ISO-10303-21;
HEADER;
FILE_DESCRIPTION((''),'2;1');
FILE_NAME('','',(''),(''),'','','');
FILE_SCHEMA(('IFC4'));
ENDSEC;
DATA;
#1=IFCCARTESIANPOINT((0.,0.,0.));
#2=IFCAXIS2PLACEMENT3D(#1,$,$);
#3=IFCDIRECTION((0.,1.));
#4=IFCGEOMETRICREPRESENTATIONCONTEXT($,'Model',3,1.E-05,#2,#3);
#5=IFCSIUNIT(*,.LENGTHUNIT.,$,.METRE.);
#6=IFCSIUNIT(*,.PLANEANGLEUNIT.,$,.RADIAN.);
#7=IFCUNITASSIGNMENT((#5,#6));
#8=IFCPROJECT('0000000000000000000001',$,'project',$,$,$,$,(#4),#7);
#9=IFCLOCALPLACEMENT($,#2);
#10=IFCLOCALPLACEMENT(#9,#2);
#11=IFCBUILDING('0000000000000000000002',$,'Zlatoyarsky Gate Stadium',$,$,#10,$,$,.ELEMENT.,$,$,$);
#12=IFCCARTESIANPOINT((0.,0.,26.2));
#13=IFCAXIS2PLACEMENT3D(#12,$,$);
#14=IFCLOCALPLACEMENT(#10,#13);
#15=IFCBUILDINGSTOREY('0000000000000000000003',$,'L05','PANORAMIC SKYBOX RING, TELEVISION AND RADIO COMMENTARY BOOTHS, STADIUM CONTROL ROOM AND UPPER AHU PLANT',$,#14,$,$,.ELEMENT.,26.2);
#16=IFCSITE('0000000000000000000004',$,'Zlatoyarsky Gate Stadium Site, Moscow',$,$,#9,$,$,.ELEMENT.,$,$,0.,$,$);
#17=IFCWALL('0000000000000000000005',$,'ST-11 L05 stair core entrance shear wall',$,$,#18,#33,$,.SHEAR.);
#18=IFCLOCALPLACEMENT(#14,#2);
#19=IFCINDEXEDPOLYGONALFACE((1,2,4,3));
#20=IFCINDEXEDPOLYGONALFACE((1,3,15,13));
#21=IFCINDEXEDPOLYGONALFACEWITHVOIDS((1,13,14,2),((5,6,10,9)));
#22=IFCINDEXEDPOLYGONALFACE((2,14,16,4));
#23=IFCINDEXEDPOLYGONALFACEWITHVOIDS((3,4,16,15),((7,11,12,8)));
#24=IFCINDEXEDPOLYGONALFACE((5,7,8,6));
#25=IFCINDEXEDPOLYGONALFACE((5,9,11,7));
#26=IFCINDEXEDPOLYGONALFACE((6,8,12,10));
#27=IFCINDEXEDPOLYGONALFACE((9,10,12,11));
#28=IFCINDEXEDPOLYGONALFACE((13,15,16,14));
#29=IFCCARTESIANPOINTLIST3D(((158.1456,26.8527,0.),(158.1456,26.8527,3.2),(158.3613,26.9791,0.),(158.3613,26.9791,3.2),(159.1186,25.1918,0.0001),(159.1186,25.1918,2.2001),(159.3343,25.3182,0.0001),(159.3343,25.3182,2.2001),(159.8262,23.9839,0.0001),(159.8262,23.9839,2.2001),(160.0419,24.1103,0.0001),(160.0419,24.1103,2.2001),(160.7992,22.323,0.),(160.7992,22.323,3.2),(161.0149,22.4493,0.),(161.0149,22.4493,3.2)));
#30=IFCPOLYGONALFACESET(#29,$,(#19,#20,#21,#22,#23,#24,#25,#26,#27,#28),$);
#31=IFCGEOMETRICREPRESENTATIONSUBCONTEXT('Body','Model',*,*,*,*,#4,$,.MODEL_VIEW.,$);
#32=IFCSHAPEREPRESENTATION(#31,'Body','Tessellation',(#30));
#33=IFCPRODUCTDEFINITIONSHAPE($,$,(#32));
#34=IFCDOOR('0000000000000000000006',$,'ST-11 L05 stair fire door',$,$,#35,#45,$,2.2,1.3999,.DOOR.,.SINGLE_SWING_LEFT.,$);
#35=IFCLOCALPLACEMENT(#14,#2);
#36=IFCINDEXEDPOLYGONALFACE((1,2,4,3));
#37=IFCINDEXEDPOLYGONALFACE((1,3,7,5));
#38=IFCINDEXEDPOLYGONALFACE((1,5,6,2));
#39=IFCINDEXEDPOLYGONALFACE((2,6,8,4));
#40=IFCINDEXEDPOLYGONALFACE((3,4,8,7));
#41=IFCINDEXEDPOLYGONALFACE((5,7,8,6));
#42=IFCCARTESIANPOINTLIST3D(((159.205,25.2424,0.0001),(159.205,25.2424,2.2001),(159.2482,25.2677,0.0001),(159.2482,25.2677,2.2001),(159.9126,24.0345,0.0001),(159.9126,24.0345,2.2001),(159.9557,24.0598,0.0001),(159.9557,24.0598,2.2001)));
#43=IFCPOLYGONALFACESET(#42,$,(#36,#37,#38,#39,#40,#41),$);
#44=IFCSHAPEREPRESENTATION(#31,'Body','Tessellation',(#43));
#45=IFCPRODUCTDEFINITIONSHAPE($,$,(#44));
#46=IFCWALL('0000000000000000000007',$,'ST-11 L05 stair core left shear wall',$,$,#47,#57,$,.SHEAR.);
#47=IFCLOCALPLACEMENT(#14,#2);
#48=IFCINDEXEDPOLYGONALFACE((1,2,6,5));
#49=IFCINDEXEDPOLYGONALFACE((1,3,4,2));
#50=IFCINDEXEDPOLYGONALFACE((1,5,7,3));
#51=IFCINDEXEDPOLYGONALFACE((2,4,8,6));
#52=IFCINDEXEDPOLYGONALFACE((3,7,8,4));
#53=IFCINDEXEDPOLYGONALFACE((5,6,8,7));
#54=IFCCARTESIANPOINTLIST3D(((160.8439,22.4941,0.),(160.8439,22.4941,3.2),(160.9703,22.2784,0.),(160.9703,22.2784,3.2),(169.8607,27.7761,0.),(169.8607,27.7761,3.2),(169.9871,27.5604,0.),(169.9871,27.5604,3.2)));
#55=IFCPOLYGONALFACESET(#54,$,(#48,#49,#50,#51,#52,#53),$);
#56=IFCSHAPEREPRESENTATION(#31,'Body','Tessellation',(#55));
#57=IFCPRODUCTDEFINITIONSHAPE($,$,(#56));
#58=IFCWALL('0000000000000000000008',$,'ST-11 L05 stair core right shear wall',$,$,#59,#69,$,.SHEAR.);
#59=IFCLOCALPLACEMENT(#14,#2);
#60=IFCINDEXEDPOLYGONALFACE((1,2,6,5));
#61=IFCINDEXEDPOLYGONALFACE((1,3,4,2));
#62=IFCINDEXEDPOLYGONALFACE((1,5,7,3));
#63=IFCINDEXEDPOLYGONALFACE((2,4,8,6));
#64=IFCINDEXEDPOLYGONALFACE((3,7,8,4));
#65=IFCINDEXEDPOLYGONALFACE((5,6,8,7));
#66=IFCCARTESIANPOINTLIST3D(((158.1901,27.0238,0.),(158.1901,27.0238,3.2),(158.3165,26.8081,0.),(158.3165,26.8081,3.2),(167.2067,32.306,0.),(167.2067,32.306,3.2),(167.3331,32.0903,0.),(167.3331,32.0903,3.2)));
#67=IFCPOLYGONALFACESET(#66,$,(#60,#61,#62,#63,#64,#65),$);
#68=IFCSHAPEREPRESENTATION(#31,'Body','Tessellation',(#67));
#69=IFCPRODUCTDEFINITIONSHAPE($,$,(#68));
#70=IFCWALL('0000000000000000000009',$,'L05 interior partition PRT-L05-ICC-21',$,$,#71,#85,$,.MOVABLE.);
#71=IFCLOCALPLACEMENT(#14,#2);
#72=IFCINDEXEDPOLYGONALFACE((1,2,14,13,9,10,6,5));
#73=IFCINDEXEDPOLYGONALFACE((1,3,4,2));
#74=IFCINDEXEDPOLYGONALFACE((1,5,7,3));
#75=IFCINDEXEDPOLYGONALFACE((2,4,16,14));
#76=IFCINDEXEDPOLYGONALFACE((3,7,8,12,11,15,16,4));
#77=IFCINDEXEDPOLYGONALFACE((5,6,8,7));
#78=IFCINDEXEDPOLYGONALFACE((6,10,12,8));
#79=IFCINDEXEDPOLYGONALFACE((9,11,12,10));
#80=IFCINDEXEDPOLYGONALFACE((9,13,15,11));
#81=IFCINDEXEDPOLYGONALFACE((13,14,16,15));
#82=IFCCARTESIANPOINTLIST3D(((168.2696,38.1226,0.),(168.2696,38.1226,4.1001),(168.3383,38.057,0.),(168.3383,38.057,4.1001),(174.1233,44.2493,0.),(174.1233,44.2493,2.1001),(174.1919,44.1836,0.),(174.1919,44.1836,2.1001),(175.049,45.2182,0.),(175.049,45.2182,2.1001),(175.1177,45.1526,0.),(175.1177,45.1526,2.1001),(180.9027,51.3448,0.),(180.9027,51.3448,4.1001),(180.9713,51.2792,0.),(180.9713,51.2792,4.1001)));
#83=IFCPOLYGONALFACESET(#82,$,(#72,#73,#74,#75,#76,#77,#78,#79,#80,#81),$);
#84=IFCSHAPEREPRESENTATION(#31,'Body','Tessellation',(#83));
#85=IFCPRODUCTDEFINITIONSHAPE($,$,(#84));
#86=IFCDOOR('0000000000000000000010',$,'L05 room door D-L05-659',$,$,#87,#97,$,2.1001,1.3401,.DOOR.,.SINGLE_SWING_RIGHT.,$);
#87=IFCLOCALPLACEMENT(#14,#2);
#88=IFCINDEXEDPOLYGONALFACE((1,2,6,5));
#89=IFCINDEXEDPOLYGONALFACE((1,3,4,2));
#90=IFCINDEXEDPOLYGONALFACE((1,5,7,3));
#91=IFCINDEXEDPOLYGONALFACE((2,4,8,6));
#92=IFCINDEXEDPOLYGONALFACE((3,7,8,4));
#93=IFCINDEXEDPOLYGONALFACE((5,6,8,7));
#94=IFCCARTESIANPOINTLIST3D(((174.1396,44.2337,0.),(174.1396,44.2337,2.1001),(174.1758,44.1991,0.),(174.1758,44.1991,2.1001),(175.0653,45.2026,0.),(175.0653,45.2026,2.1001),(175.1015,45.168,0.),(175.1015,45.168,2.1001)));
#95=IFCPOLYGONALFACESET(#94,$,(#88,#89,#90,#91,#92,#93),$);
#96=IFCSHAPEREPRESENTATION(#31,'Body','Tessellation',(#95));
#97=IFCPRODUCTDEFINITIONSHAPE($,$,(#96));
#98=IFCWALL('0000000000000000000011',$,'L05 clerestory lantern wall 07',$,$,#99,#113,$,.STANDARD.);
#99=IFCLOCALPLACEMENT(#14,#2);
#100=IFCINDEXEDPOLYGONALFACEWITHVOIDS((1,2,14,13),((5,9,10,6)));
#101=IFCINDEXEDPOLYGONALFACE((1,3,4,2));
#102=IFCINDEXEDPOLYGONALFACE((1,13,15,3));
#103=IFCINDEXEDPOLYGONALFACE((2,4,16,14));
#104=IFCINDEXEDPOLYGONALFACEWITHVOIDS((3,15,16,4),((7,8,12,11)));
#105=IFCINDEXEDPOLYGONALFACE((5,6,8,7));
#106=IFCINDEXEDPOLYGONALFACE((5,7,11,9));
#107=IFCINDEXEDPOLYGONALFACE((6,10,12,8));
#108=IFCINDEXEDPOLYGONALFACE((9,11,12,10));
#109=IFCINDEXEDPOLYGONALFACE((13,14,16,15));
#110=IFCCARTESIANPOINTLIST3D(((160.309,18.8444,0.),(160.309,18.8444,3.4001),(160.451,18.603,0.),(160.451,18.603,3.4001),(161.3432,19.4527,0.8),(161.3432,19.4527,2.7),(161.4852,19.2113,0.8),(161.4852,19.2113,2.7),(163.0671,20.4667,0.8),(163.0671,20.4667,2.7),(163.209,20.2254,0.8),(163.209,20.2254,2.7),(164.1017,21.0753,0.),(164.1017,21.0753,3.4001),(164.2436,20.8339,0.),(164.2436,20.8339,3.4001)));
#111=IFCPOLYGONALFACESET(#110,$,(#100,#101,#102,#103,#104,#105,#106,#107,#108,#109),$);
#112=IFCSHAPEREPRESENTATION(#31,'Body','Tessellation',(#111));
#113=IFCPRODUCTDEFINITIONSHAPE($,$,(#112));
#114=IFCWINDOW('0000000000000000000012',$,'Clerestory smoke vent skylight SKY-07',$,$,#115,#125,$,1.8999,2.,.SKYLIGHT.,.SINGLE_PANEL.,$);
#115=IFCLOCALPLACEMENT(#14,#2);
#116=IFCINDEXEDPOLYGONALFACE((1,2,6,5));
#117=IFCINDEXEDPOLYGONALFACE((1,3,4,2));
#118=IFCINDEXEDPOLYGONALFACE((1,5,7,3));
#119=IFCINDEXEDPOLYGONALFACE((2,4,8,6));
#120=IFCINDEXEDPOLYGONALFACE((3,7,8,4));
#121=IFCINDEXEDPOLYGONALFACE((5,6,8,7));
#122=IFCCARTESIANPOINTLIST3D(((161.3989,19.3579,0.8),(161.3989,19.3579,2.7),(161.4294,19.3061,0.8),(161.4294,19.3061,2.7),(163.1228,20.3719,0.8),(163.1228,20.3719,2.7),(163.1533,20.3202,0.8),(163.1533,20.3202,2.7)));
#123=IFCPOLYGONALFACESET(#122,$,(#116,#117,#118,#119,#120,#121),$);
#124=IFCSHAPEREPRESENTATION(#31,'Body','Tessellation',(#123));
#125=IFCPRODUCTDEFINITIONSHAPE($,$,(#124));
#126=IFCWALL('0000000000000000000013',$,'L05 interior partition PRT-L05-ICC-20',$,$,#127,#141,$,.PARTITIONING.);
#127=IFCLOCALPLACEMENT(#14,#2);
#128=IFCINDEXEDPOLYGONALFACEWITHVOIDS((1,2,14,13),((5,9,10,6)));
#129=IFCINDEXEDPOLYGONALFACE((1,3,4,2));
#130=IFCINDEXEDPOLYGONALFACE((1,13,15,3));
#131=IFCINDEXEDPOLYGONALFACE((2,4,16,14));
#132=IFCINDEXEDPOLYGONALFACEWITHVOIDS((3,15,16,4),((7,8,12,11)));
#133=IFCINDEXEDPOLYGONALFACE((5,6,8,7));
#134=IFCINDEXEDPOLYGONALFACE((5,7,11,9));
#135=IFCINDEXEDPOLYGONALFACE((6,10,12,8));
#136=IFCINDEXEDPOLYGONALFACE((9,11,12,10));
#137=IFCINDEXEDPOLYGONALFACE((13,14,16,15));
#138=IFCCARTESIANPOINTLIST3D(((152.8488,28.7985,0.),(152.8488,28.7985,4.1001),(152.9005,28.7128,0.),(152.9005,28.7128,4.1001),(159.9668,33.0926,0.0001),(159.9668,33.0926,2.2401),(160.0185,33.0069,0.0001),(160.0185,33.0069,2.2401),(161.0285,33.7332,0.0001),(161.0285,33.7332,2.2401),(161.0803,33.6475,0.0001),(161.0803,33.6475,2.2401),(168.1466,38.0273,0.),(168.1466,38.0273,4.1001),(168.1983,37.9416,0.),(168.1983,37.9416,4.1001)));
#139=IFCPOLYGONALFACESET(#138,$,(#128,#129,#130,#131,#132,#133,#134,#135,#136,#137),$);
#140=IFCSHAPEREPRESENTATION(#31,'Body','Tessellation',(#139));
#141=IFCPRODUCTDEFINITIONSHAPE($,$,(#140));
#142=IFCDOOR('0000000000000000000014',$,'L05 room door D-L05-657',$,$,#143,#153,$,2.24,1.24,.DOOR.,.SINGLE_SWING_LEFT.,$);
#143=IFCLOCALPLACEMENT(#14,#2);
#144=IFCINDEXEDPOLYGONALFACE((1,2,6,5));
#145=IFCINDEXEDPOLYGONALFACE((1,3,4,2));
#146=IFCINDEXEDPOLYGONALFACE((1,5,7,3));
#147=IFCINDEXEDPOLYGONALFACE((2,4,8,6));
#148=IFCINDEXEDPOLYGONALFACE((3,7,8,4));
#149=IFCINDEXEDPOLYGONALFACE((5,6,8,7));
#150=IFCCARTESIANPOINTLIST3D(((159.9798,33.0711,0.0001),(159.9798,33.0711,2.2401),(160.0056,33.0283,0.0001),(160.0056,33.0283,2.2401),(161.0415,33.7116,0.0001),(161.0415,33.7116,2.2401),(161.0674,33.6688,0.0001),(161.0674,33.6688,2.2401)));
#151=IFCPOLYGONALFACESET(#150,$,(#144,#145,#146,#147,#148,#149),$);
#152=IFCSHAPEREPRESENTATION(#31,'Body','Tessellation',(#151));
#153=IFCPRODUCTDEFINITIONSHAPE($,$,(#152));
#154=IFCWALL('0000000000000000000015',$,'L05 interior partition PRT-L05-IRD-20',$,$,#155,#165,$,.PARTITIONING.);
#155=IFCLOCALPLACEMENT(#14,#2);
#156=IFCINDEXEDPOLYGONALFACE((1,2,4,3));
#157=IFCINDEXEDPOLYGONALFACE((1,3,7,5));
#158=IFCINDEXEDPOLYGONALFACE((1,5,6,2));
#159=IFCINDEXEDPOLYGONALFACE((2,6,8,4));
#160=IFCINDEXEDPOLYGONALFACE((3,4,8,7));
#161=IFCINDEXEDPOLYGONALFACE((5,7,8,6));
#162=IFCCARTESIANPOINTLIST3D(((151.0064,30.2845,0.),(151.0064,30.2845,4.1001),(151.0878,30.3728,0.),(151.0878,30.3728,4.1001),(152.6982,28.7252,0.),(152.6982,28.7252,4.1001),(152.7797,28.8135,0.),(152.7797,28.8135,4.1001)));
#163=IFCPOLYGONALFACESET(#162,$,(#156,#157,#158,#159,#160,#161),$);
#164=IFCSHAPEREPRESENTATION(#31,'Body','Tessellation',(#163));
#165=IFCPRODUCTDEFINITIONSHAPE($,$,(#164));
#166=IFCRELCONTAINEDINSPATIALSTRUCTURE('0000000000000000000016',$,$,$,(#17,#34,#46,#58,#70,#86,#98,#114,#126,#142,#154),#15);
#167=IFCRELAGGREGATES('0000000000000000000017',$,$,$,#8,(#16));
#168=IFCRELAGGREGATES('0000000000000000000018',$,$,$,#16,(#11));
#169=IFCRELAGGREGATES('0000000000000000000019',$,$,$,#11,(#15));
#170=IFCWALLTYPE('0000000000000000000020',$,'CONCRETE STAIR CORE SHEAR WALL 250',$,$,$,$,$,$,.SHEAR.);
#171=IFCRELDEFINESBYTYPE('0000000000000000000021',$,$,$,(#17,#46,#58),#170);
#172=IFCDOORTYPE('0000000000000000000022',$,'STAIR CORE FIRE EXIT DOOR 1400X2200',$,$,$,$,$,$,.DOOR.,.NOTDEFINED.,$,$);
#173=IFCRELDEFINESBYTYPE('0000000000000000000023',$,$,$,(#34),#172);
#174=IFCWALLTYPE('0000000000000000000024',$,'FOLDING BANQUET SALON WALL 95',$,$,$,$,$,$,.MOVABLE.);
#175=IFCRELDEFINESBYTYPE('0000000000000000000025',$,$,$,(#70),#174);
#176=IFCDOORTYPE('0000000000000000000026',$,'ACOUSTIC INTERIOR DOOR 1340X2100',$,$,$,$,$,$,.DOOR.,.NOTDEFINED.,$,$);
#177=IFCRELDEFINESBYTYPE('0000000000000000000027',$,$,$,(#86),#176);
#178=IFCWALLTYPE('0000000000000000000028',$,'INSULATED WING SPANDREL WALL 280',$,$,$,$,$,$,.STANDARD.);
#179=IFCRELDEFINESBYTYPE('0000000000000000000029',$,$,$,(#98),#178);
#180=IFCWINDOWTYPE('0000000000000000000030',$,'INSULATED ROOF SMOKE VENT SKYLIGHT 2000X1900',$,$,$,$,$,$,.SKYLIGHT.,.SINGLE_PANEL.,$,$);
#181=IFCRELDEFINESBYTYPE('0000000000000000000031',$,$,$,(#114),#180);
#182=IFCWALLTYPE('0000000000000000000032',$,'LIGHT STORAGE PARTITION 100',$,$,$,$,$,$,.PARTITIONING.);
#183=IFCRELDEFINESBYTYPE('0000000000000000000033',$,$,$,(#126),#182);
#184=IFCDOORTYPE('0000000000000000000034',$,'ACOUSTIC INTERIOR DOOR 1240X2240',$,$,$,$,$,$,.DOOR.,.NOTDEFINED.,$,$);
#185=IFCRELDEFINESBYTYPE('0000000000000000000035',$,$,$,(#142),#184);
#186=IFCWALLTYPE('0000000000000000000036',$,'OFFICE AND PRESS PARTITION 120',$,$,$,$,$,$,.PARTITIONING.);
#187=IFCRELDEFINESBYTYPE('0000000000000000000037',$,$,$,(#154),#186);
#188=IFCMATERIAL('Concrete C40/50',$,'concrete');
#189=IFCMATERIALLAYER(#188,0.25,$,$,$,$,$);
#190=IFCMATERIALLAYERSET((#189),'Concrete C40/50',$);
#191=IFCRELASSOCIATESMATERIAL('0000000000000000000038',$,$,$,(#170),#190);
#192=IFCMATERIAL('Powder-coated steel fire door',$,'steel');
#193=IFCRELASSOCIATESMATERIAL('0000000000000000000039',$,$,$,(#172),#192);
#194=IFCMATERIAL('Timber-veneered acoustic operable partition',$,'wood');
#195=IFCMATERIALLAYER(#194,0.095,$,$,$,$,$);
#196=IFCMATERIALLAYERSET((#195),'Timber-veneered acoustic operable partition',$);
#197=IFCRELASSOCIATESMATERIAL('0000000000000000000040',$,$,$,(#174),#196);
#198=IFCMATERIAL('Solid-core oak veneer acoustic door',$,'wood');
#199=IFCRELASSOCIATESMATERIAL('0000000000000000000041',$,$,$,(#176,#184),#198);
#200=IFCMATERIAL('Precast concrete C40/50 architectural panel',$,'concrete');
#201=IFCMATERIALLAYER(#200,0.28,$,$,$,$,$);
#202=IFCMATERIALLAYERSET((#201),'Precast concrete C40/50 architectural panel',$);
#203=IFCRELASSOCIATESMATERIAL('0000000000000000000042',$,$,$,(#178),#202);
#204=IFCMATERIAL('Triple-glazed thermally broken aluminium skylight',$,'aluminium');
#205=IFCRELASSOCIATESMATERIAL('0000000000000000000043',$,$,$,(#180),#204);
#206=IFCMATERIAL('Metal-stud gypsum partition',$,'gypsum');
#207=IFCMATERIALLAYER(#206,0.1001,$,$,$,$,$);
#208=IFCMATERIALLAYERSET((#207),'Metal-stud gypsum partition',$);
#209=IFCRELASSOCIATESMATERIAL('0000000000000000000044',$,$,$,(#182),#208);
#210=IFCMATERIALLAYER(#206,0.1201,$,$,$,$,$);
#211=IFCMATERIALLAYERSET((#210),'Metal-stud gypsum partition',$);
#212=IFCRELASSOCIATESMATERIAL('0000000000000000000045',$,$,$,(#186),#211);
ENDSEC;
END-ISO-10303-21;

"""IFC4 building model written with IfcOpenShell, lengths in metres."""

from ifc_helpers import new_model, si_unit, direction, frame, frame_2d, origin, place, context, subcontext, project, spatial, rectangle, extrude, material, layer, layer_set, type_object, element, fill, save


model = new_model("IFC4")

# Units and contexts
model_context = context("Model", 3, precision=1e-05, world=origin(), true_north=direction((0.0, 1.0)))
body_context = subcontext(model_context, "Body", "Model", "MODEL_VIEW")
ifc_project = project(units=[si_unit("LENGTHUNIT", "METRE"), si_unit("PLANEANGLEUNIT", "RADIAN")], contexts=[model_context])

# Site, building, storey
site_placement = place(None, origin())
site = spatial("IfcSite", under=ifc_project, at=site_placement, Name="Zlatoyarsky Gate Stadium Site, Moscow", CompositionType="ELEMENT", RefElevation=0.0)
building_placement = place(site_placement, origin())
building = spatial("IfcBuilding", under=site, at=building_placement, Name="Zlatoyarsky Gate Stadium", CompositionType="ELEMENT")
storey_placement = place(building_placement, frame((0.0, 0.0, 26.2)))
storey = spatial("IfcBuildingStorey", under=building, at=storey_placement, Name="L05", Description="PANORAMIC SKYBOX RING, TELEVISION AND RADIO COMMENTARY BOOTHS, STADIUM CONTROL ROOM AND UPPER AHU PLANT", CompositionType="ELEMENT", Elevation=26.2)

# Wall, opening, door
ifc_material_1 = material(Name="Concrete C40/50", Category="concrete")
ifc_layer_1 = layer(ifc_material_1, 0.25)
ifc_layer_set_1 = layer_set([ifc_layer_1], Name="Concrete C40/50")
wall_type_1 = type_object("IfcWallType", Name="CONCRETE STAIR CORE SHEAR WALL 250", PredefinedType="SHEAR", material=ifc_layer_set_1)
wall_1_placement = place(storey_placement, frame((158.2534, 26.916, 0.0), z_axis=(0.0, 0.0, 1.0), x_axis=(0.50546, -0.86285, 0.0)))
wall_1 = element("IfcWall", 1, at=wall_1_placement, inside=storey, type_object=wall_type_1, Name="ST-11 L05 stair core entrance shear wall", PredefinedType="SHEAR", context=body_context, shape_type="SweptSolid", body=[
    extrude(rectangle(XDim=5.2498, YDim=0.25, at=frame_2d((2.625, 0.0))), origin(), (0.0, 0.0, 1.0), 3.2),
])
opening_1_placement = place(wall_1_placement, frame((1.925, 0.0, 0.0)))
opening_1 = element("IfcOpeningElement", 2, at=opening_1_placement, cuts=wall_1, PredefinedType="OPENING", context=body_context, shape_type="SweptSolid", body=[
    extrude(rectangle(XDim=1.3999, YDim=2.2, at=frame_2d((0.7, 1.1001))), frame((0.0, 0.135, 0.0), z_axis=(0.0, -1.0, 0.0), x_axis=(1.0, 0.0, 0.0)), (0.0, 0.0, 1.0), 0.27),
])
ifc_material_2 = material(Name="Powder-coated steel fire door", Category="steel")
door_type_1 = type_object("IfcDoorType", Name="STAIR CORE FIRE EXIT DOOR 1400X2200", OperationType="NOTDEFINED", PredefinedType="DOOR", material=ifc_material_2)
door_1_placement = place(opening_1_placement, frame((1.3999, 0.0, 0.0), z_axis=(0.0, 0.0, 1.0), x_axis=(-1.0, 0.0, 0.0)))
door_1 = element("IfcDoor", 3, at=door_1_placement, inside=storey, type_object=door_type_1, Name="ST-11 L05 stair fire door", OperationType="SINGLE_SWING_LEFT", OverallHeight=2.2, OverallWidth=1.3999, PredefinedType="DOOR", context=body_context, shape_type="SweptSolid", body=[
    extrude(rectangle(XDim=1.3999, YDim=2.2, at=frame_2d((0.7, 1.1001))), frame((0.0, 0.0249, 0.0), z_axis=(0.0, -1.0, 0.0), x_axis=(1.0, 0.0, 0.0)), (0.0, 0.0, 1.0), 0.05),
])
fill(opening_1, door_1)

# Walls
for number, where, z_axis, x_axis, name in (
    (4, (160.907, 22.3862, 0.0), (0.0, 0.0, 1.0), (0.862855, 0.505452, 0.0), "ST-11 L05 stair core left shear wall"),
    (5, (167.27, 32.1982, 0.0), (0.0, 0.0, 1.0), (-0.862839, -0.50548, 0.0), "ST-11 L05 stair core right shear wall"),
):
    element("IfcWall", number, at=place(storey_placement, frame(where, z_axis=z_axis, x_axis=x_axis)), inside=storey, type_object=wall_type_1, Name=name, PredefinedType="SHEAR", context=body_context, shape_type="SweptSolid", body=[
        extrude(rectangle(XDim=10.45, YDim=0.25, at=frame_2d((5.2251, 0.0))), origin(), (0.0, 0.0, 1.0), 3.2),
    ])

# Wall, opening, door
ifc_material_3 = material(Name="Timber-veneered acoustic operable partition", Category="wood")
ifc_layer_2 = layer(ifc_material_3, 0.095)
ifc_layer_set_2 = layer_set([ifc_layer_2], Name="Timber-veneered acoustic operable partition")
wall_type_2 = type_object("IfcWallType", Name="FOLDING BANQUET SALON WALL 95", PredefinedType="MOVABLE", material=ifc_layer_set_2)
wall_2_placement = place(storey_placement, frame((168.304, 38.0898, 0.0), z_axis=(0.0, 0.0, 1.0), x_axis=(0.690816, 0.723031, 0.0)))
wall_2 = element("IfcWall", 6, at=wall_2_placement, inside=storey, type_object=wall_type_2, Name="L05 interior partition PRT-L05-ICC-21", PredefinedType="MOVABLE", context=body_context, shape_type="SweptSolid", body=[
    extrude(rectangle(XDim=18.2871, YDim=0.095, at=frame_2d((9.1436, 0.0))), origin(), (0.0, 0.0, 1.0), 4.1001),
])
opening_2_placement = place(wall_2_placement, frame((8.4736, 0.0, 0.0)))
opening_2 = element("IfcOpeningElement", 7, at=opening_2_placement, cuts=wall_2, PredefinedType="OPENING", context=body_context, shape_type="SweptSolid", body=[
    extrude(rectangle(XDim=1.3401, YDim=2.1001, at=frame_2d((0.6699, 1.05))), frame((0.0, 0.0574, 0.0), z_axis=(0.0, -1.0, 0.0), x_axis=(1.0, 0.0, 0.0)), (0.0, 0.0, 1.0), 0.115),
])
ifc_material_4 = material(Name="Solid-core oak veneer acoustic door", Category="wood")
door_type_2 = type_object("IfcDoorType", Name="ACOUSTIC INTERIOR DOOR 1340X2100", OperationType="NOTDEFINED", PredefinedType="DOOR", material=ifc_material_4)
door_2_placement = place(opening_2_placement, origin())
door_2 = element("IfcDoor", 8, at=door_2_placement, inside=storey, type_object=door_type_2, Name="L05 room door D-L05-659", OperationType="SINGLE_SWING_RIGHT", OverallHeight=2.1001, OverallWidth=1.3401, PredefinedType="DOOR", context=body_context, shape_type="SweptSolid", body=[
    extrude(rectangle(XDim=1.3401, YDim=2.1001, at=frame_2d((0.6699, 1.05))), frame((0.0, 0.0249, 0.0), z_axis=(0.0, -1.0, 0.0), x_axis=(1.0, 0.0, 0.0)), (0.0, 0.0, 1.0), 0.05),
])
fill(opening_2, door_2)

# Wall, opening, window
ifc_material_5 = material(Name="Precast concrete C40/50 architectural panel", Category="concrete")
ifc_layer_3 = layer(ifc_material_5, 0.28)
ifc_layer_set_3 = layer_set([ifc_layer_3], Name="Precast concrete C40/50 architectural panel")
wall_type_3 = type_object("IfcWallType", Name="INSULATED WING SPANDREL WALL 280", PredefinedType="STANDARD", material=ifc_layer_set_3)
wall_3_placement = place(storey_placement, frame((160.3799, 18.7236, 0.0), z_axis=(0.0, 0.0, 1.0), x_axis=(0.86194, 0.50701, 0.0)))
wall_3 = element("IfcWall", 9, at=wall_3_placement, inside=storey, type_object=wall_type_3, Name="L05 clerestory lantern wall 07", PredefinedType="STANDARD", context=body_context, shape_type="SweptSolid", body=[
    extrude(rectangle(XDim=4.4001, YDim=0.28, at=frame_2d((2.2002, 0.0))), origin(), (0.0, 0.0, 1.0), 3.4001),
])
opening_3_placement = place(wall_3_placement, frame((1.2, 0.0, 0.8)))
opening_3 = element("IfcOpeningElement", 10, at=opening_3_placement, cuts=wall_3, PredefinedType="OPENING", context=body_context, shape_type="SweptSolid", body=[
    extrude(rectangle(XDim=2.0, YDim=1.8999, at=frame_2d((1.0, 0.95))), frame((0.0, 0.1499, 0.0), z_axis=(0.0, -1.0, 0.0), x_axis=(1.0, 0.0, 0.0)), (0.0, 0.0, 1.0), 0.3),
])
ifc_material_6 = material(Name="Triple-glazed thermally broken aluminium skylight", Category="aluminium")
window_type = type_object("IfcWindowType", Name="INSULATED ROOF SMOKE VENT SKYLIGHT 2000X1900", PartitioningType="SINGLE_PANEL", PredefinedType="SKYLIGHT", material=ifc_material_6)
window_placement = place(opening_3_placement, origin())
window = element("IfcWindow", 11, at=window_placement, inside=storey, type_object=window_type, Name="Clerestory smoke vent skylight SKY-07", OverallHeight=1.8999, OverallWidth=2.0, PartitioningType="SINGLE_PANEL", PredefinedType="SKYLIGHT", context=body_context, shape_type="SweptSolid", body=[
    extrude(rectangle(XDim=2.0, YDim=1.8999, at=frame_2d((1.0, 0.95))), frame((0.0, 0.03, 0.0), z_axis=(0.0, -1.0, 0.0), x_axis=(1.0, 0.0, 0.0)), (0.0, 0.0, 1.0), 0.0601),
])
fill(opening_3, window)

# Wall, opening, door
ifc_material_7 = material(Name="Metal-stud gypsum partition", Category="gypsum")
ifc_layer_4 = layer(ifc_material_7, 0.1001)
ifc_layer_set_4 = layer_set([ifc_layer_4], Name="Metal-stud gypsum partition")
wall_type_4 = type_object("IfcWallType", Name="LIGHT STORAGE PARTITION 100", PredefinedType="PARTITIONING", material=ifc_layer_set_4)
wall_4_placement = place(storey_placement, frame((152.8745, 28.7556, 0.0), z_axis=(0.0, 0.0, 1.0), x_axis=(0.856255, 0.516554, 0.0)))
wall_4 = element("IfcWall", 12, at=wall_4_placement, inside=storey, type_object=wall_type_4, Name="L05 interior partition PRT-L05-ICC-20", PredefinedType="PARTITIONING", context=body_context, shape_type="SweptSolid", body=[
    extrude(rectangle(XDim=17.866, YDim=0.1001, at=frame_2d((8.9331, 0.0))), origin(), (0.0, 0.0, 1.0), 4.1001),
])
opening_4_placement = place(wall_4_placement, frame((8.313, 0.0, 0.0)))
opening_4 = element("IfcOpeningElement", 13, at=opening_4_placement, cuts=wall_4, PredefinedType="OPENING", context=body_context, shape_type="SweptSolid", body=[
    extrude(rectangle(XDim=1.24, YDim=2.24, at=frame_2d((0.6201, 1.1201))), frame((0.0, 0.0601, 0.0), z_axis=(0.0, -1.0, 0.0), x_axis=(1.0, 0.0, 0.0)), (0.0, 0.0, 1.0), 0.1201),
])
door_type_3 = type_object("IfcDoorType", Name="ACOUSTIC INTERIOR DOOR 1240X2240", OperationType="NOTDEFINED", PredefinedType="DOOR", material=ifc_material_4)
door_3_placement = place(opening_4_placement, origin())
door_3 = element("IfcDoor", 14, at=door_3_placement, inside=storey, type_object=door_type_3, Name="L05 room door D-L05-657", OperationType="SINGLE_SWING_LEFT", OverallHeight=2.24, OverallWidth=1.24, PredefinedType="DOOR", context=body_context, shape_type="SweptSolid", body=[
    extrude(rectangle(XDim=1.24, YDim=2.24, at=frame_2d((0.6201, 1.1201))), frame((0.0, 0.0249, 0.0), z_axis=(0.0, -1.0, 0.0), x_axis=(1.0, 0.0, 0.0)), (0.0, 0.0, 1.0), 0.05),
])
fill(opening_4, door_3)

# Wall
ifc_layer_5 = layer(ifc_material_7, 0.1201)
ifc_layer_set_5 = layer_set([ifc_layer_5], Name="Metal-stud gypsum partition")
wall_type_5 = type_object("IfcWallType", Name="OFFICE AND PRESS PARTITION 120", PredefinedType="PARTITIONING", material=ifc_layer_set_5)
wall_5_placement = place(storey_placement, frame((151.0471, 30.3286, 0.0), z_axis=(0.0, 0.0, 1.0), x_axis=(0.735328, -0.677711, 0.0)))
element("IfcWall", 15, at=wall_5_placement, inside=storey, type_object=wall_type_5, Name="L05 interior partition PRT-L05-IRD-20", PredefinedType="PARTITIONING", context=body_context, shape_type="SweptSolid", body=[
    extrude(rectangle(XDim=2.3008, YDim=0.1201, at=frame_2d((1.1504, 0.0))), origin(), (0.0, 0.0, 1.0), 4.1001),
])

save(model, "model.ifc")
